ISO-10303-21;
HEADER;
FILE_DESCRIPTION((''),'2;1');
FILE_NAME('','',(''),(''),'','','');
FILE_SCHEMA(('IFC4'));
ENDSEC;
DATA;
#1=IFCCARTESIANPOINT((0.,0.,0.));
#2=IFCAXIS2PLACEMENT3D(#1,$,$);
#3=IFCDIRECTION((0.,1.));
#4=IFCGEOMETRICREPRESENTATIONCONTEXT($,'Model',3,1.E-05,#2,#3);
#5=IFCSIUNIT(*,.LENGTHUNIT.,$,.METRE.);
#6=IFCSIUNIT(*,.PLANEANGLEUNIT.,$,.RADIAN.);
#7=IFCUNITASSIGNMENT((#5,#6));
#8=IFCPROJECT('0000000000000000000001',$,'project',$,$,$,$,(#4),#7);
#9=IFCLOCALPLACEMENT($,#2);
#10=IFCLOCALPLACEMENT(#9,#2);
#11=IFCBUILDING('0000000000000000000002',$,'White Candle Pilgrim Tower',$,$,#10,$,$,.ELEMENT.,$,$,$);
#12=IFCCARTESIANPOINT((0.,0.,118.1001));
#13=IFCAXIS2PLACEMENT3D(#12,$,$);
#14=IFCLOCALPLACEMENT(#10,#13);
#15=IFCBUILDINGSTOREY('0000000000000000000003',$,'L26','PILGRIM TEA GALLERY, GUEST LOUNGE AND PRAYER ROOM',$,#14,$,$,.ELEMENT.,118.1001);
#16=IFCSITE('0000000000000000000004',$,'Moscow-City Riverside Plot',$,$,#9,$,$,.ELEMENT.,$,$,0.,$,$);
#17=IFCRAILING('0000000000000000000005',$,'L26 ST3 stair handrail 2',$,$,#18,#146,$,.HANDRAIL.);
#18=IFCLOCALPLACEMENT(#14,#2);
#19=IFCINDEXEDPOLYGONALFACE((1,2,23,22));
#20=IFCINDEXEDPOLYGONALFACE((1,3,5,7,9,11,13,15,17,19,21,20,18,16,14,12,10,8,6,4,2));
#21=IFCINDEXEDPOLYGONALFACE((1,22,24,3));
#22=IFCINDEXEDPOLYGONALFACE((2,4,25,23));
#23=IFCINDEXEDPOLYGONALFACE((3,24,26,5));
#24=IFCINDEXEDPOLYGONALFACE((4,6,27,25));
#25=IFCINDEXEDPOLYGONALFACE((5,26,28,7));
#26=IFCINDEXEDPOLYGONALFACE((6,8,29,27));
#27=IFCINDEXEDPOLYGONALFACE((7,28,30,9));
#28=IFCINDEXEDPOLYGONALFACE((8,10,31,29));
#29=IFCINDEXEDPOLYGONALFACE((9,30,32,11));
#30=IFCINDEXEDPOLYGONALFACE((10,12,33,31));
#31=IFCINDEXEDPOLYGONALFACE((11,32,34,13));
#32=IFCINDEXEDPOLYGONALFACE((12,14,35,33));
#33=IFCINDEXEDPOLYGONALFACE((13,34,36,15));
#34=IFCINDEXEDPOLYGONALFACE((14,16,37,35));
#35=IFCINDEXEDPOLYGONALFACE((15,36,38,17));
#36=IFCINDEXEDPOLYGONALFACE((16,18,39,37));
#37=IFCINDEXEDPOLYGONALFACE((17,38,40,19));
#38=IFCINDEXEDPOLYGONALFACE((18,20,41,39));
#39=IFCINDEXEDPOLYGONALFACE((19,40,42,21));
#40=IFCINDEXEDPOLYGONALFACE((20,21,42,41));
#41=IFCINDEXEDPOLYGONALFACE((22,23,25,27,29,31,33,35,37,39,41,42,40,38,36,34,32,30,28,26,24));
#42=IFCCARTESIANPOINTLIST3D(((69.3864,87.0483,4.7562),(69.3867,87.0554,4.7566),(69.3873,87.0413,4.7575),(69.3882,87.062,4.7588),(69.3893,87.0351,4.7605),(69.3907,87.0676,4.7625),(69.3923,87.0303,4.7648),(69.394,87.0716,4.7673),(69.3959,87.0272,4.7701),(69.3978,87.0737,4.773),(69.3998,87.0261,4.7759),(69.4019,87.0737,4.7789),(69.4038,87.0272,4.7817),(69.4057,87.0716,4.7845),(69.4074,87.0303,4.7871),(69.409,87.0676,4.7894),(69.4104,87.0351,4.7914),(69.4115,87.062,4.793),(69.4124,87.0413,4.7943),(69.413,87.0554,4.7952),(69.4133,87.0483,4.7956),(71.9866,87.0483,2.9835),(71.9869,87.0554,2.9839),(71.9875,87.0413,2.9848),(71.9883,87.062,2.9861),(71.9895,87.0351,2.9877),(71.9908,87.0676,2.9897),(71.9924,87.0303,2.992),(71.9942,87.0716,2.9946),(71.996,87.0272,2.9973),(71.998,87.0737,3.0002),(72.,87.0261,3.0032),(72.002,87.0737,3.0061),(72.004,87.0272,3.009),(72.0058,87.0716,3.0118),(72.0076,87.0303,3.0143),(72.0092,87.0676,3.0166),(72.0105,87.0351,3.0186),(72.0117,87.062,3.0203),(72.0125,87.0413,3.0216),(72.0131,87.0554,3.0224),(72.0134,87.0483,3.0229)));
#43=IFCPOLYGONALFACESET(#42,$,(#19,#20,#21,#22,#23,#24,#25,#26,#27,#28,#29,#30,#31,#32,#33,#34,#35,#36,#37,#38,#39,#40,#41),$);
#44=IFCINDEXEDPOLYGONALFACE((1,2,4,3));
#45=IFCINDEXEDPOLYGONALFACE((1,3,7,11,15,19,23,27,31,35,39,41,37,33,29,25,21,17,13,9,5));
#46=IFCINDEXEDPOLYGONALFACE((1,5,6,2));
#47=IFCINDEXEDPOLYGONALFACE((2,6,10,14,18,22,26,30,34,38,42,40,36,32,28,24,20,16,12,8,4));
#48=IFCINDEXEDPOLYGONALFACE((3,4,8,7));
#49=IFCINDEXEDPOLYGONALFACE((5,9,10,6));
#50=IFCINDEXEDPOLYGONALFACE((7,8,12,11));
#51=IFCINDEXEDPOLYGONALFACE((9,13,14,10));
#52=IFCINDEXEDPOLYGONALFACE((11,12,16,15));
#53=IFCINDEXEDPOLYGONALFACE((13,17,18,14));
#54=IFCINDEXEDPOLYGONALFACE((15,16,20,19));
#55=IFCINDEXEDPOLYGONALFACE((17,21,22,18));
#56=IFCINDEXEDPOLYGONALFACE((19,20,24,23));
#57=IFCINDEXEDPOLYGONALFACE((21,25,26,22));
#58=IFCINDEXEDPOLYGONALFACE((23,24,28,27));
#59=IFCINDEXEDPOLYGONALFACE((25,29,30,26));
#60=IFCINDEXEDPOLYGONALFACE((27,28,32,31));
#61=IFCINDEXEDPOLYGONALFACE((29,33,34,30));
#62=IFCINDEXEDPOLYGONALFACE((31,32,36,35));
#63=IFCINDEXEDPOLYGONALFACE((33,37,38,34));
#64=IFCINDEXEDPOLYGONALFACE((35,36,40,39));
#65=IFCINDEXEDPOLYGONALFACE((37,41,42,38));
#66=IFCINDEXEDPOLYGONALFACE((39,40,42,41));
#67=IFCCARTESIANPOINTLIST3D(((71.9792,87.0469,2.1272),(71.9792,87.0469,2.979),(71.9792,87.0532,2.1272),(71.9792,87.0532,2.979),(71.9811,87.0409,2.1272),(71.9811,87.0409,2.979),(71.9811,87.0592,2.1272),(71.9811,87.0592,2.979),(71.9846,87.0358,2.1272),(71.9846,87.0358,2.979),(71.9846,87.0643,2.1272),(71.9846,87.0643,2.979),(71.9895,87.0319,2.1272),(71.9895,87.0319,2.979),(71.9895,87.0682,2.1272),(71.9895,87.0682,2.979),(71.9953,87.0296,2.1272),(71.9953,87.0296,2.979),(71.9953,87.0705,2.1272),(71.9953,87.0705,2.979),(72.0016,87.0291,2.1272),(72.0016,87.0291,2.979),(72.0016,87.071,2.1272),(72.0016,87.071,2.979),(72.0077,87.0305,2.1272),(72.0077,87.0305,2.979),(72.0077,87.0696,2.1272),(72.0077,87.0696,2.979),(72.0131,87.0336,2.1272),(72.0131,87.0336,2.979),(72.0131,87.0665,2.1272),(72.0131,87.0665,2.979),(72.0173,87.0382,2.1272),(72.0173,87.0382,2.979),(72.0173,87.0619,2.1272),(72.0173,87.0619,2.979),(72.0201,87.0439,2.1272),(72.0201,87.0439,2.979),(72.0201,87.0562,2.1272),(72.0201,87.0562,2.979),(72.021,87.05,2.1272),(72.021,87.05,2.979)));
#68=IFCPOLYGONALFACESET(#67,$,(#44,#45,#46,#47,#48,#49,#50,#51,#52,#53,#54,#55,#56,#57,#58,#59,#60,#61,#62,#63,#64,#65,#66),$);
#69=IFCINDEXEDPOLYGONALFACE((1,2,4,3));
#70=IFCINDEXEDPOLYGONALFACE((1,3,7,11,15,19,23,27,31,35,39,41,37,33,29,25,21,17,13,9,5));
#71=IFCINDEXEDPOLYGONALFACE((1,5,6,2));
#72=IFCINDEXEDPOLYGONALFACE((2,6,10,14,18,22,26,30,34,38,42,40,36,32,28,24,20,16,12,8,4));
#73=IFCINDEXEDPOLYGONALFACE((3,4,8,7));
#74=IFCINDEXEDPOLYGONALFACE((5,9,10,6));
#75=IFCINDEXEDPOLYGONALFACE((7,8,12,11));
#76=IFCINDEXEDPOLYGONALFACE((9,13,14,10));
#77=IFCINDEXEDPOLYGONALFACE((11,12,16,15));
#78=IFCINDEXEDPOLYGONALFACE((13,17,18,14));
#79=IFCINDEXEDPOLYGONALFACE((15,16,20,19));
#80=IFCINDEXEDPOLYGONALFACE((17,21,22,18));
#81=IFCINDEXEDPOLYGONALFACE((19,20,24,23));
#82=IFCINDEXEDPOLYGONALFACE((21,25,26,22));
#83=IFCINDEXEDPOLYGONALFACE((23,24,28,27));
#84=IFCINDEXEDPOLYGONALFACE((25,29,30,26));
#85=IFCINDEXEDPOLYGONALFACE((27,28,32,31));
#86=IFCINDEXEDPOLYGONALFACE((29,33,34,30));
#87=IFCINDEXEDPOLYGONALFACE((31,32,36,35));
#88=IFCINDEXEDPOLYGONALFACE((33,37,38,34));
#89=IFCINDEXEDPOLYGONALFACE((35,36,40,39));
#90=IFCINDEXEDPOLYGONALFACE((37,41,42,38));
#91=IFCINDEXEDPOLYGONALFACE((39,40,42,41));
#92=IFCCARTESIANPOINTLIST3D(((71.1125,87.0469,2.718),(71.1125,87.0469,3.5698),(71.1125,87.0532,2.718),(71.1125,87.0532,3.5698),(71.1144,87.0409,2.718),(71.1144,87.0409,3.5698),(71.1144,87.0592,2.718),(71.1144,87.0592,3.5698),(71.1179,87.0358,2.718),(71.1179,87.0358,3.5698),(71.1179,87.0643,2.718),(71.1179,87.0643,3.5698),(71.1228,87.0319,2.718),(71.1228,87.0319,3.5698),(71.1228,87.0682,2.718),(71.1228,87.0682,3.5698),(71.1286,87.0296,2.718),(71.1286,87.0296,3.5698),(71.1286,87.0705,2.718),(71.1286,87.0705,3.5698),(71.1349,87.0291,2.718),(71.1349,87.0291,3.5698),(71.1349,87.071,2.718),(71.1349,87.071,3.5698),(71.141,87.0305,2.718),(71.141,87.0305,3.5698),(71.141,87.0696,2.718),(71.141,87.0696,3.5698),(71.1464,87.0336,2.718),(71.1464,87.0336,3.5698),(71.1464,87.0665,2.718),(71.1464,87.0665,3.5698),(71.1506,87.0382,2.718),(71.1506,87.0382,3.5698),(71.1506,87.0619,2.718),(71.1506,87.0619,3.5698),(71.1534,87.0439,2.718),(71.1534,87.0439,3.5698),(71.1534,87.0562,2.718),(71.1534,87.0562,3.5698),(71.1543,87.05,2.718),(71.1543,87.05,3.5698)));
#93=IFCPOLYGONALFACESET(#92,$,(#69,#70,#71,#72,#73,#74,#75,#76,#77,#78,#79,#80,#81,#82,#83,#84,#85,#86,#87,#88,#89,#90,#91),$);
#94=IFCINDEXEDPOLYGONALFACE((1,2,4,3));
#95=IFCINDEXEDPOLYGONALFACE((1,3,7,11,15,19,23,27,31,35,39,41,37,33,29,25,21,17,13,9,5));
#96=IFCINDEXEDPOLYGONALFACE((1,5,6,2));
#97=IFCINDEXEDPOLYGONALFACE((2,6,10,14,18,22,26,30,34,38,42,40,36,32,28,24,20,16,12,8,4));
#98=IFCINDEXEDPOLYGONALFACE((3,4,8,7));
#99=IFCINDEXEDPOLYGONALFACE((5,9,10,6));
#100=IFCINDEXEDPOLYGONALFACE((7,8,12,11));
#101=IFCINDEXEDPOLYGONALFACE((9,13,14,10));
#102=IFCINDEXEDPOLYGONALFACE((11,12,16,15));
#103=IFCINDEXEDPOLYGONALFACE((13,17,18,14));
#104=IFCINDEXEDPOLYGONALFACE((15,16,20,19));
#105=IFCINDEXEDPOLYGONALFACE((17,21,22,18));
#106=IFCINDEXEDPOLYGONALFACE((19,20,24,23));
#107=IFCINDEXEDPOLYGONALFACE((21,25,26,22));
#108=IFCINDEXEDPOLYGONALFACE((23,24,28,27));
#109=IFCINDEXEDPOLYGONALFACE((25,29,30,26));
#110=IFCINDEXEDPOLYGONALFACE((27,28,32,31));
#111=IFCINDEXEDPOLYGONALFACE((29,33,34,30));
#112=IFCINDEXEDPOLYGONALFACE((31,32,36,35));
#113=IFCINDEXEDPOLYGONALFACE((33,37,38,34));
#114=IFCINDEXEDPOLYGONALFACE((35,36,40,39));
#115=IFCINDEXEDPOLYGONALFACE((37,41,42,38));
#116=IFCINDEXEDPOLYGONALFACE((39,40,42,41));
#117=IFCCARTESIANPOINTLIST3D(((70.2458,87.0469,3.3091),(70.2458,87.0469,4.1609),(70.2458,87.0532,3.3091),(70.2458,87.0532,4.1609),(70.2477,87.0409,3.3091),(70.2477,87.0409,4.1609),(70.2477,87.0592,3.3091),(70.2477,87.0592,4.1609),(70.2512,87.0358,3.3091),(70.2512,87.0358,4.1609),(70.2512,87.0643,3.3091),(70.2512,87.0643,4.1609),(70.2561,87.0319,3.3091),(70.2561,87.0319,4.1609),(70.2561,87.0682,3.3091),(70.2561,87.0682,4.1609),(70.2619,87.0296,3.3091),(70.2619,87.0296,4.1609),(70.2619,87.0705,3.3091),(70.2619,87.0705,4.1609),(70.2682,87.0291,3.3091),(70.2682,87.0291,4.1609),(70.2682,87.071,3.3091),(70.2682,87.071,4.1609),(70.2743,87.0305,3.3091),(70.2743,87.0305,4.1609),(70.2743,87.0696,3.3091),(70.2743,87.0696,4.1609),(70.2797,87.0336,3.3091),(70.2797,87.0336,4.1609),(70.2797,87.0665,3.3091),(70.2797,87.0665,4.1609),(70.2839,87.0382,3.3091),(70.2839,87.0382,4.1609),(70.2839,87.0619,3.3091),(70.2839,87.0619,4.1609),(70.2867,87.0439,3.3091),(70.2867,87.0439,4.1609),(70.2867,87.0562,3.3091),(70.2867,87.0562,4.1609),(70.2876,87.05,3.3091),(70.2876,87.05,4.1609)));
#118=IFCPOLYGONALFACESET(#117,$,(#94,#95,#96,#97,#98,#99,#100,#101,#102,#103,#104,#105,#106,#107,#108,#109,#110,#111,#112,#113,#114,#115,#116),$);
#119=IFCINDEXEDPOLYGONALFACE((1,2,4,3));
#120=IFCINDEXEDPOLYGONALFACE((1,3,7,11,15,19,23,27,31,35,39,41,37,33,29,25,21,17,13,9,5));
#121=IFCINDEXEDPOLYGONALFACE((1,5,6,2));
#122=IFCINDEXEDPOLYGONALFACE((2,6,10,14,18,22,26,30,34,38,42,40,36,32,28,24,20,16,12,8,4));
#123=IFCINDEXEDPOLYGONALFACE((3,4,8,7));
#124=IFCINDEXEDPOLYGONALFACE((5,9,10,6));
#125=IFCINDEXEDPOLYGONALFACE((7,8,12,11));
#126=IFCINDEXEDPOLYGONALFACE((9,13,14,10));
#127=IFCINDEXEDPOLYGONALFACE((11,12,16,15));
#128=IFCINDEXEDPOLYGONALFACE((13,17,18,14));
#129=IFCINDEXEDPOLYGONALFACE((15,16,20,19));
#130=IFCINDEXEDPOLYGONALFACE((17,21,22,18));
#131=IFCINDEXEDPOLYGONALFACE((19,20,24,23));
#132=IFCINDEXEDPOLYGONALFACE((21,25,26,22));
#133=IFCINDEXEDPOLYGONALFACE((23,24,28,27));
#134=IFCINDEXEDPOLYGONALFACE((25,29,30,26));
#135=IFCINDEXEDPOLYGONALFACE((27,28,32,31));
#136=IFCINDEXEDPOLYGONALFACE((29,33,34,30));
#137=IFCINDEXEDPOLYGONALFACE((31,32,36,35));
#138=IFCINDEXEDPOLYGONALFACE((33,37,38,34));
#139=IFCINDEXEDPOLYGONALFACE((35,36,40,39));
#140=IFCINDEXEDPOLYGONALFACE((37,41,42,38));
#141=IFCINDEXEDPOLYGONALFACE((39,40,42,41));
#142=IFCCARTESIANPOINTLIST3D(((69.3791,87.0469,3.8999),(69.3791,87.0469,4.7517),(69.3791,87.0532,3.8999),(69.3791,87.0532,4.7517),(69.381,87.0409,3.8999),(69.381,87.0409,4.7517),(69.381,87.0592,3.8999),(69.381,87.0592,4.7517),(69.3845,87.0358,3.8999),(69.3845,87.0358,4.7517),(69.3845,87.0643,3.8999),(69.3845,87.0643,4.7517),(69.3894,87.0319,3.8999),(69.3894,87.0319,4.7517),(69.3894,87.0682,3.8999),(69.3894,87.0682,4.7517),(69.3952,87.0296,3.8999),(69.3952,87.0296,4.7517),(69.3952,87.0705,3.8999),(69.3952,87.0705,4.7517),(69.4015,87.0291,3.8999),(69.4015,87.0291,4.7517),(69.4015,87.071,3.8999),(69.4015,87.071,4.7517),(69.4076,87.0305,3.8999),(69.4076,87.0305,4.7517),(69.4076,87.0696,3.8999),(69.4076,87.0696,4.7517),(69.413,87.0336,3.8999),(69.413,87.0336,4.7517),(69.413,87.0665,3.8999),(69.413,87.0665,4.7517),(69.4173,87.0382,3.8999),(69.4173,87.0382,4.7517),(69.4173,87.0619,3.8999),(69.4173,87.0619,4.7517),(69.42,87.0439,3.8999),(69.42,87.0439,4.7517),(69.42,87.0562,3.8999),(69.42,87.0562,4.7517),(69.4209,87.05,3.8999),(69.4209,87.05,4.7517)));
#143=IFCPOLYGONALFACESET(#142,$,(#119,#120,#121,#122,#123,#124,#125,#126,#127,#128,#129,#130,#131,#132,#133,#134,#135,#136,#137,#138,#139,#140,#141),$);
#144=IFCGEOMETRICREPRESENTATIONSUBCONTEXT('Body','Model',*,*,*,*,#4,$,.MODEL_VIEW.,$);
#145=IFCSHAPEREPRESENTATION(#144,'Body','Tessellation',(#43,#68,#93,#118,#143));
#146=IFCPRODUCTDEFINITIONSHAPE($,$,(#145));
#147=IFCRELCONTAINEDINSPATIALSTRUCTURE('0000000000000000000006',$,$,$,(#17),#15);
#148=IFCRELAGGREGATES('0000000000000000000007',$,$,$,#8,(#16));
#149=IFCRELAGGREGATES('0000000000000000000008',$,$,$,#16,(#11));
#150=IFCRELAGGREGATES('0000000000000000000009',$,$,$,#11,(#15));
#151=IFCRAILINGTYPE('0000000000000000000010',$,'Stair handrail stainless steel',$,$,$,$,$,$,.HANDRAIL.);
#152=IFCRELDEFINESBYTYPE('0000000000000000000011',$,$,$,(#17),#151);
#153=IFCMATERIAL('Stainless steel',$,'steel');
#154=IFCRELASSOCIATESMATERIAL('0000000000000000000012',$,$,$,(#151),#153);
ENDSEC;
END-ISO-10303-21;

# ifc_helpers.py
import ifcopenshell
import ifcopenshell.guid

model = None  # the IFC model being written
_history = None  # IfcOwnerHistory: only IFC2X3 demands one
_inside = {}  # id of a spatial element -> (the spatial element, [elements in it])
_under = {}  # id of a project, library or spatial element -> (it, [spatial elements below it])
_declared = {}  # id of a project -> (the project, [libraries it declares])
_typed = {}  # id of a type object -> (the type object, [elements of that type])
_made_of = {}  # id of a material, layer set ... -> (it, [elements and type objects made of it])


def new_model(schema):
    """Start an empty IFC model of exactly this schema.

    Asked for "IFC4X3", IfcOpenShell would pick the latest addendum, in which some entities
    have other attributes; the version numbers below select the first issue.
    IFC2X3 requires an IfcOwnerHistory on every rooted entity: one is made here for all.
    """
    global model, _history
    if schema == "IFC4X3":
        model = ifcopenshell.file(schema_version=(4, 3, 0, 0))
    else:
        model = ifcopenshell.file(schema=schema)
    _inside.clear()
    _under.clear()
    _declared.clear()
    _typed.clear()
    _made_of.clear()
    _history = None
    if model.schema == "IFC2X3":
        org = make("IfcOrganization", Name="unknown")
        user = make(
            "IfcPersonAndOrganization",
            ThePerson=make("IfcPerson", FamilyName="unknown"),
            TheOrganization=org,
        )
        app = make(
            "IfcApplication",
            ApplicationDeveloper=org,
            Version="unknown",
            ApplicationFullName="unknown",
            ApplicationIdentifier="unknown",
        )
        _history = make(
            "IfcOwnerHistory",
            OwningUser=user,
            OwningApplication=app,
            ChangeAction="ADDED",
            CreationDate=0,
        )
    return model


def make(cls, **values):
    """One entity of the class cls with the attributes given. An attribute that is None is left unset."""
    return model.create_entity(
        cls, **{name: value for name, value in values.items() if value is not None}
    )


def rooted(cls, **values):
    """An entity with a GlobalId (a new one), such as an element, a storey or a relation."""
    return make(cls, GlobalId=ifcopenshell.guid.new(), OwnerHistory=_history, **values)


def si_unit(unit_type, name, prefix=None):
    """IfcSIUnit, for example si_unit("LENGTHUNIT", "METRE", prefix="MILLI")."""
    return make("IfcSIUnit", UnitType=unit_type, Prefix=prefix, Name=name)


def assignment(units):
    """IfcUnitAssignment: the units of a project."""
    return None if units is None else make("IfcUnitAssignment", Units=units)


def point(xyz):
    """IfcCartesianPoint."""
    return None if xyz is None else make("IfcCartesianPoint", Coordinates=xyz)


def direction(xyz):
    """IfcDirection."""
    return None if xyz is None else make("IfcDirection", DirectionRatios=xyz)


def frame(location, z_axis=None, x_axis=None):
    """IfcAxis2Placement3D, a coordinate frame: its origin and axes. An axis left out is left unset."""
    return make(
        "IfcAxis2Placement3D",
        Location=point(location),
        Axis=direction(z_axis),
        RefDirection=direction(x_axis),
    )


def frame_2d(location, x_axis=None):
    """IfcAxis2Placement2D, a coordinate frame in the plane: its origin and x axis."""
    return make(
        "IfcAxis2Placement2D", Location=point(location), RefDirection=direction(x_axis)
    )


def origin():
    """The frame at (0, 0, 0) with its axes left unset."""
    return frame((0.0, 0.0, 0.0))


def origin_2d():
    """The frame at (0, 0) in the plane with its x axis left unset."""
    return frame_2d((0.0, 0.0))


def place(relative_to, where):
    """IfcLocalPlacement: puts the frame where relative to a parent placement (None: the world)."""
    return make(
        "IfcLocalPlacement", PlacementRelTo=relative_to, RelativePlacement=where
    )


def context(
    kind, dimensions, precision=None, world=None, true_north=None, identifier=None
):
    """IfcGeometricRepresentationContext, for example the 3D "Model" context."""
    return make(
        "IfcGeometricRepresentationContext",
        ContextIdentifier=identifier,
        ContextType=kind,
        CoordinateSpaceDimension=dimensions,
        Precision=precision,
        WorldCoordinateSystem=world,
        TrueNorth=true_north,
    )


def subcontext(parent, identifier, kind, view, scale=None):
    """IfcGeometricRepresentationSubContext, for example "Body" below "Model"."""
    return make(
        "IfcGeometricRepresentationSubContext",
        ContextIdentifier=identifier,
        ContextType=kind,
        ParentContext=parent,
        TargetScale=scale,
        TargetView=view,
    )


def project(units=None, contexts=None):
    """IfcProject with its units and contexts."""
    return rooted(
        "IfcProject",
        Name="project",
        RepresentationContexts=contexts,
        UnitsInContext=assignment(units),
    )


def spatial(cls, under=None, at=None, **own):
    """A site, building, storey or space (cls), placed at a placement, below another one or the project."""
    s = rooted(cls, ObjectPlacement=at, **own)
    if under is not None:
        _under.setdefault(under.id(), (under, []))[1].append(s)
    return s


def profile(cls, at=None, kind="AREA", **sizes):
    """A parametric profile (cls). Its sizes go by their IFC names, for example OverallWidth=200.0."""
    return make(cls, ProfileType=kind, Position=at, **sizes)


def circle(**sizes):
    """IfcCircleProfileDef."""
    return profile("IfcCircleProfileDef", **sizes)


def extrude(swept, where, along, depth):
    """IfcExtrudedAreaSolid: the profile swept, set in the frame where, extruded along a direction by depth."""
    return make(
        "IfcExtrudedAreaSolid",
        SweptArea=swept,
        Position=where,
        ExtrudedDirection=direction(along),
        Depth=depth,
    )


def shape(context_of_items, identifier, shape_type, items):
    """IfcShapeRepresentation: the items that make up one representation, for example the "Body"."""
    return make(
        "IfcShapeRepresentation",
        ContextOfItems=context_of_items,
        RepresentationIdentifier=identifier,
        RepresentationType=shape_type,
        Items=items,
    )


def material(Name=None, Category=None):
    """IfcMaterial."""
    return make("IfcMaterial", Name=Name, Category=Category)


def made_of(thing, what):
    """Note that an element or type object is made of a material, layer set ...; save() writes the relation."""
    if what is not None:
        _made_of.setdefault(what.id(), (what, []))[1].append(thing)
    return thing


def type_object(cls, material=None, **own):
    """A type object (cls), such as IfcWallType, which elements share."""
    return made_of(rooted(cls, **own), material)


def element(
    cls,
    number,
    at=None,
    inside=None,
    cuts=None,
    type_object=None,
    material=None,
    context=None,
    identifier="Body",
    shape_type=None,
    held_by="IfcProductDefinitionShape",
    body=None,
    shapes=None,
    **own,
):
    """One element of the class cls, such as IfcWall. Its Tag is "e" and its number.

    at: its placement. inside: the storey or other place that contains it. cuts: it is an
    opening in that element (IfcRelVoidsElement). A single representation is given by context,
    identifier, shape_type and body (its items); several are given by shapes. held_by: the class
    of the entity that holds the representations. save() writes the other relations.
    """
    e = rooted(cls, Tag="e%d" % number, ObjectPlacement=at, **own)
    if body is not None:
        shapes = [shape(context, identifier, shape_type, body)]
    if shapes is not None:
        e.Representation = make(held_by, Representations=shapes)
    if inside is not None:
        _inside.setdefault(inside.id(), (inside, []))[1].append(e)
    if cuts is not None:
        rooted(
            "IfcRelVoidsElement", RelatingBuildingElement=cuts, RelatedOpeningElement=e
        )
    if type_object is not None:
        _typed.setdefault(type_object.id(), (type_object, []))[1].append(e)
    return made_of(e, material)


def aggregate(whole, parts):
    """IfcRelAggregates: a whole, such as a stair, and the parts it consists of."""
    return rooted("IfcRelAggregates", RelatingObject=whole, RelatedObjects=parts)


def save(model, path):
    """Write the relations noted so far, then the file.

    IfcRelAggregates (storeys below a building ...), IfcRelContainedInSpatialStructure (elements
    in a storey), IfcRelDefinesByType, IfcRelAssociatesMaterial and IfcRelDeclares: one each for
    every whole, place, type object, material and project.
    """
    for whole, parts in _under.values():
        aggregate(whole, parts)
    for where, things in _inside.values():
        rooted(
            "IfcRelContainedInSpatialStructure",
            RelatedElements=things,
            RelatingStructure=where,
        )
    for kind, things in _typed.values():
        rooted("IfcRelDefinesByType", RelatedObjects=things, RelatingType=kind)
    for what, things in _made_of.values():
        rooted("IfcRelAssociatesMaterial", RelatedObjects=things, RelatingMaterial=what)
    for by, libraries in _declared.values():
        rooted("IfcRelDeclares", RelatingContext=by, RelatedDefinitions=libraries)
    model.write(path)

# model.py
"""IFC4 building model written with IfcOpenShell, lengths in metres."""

from ifc_helpers import new_model, si_unit, direction, frame, origin, origin_2d, place, context, subcontext, project, spatial, circle, extrude, material, type_object, element, save


model = new_model("IFC4")

# Units and contexts
model_context = context("Model", 3, precision=1e-05, world=origin(), true_north=direction((0.0, 1.0)))
body_context = subcontext(model_context, "Body", "Model", "MODEL_VIEW")
ifc_project = project(units=[si_unit("LENGTHUNIT", "METRE"), si_unit("PLANEANGLEUNIT", "RADIAN")], contexts=[model_context])

# Site, building, storey
site_placement = place(None, origin())
site = spatial("IfcSite", under=ifc_project, at=site_placement, Name="Moscow-City Riverside Plot", CompositionType="ELEMENT", RefElevation=0.0)
building_placement = place(site_placement, origin())
building = spatial("IfcBuilding", under=site, at=building_placement, Name="White Candle Pilgrim Tower", CompositionType="ELEMENT")
storey_placement = place(building_placement, frame((0.0, 0.0, 118.1001)))
storey = spatial("IfcBuildingStorey", under=building, at=storey_placement, Name="L26", Description="PILGRIM TEA GALLERY, GUEST LOUNGE AND PRAYER ROOM", CompositionType="ELEMENT", Elevation=118.1001)

# Railing
ifc_material_1 = material(Name="Stainless steel", Category="steel")
railing_type_1 = type_object("IfcRailingType", Name="Stair handrail stainless steel", PredefinedType="HANDRAIL", material=ifc_material_1)
railing_1_placement = place(storey_placement, frame((72.0, 87.05, 2.1272)))
element("IfcRailing", 1, at=railing_1_placement, inside=storey, type_object=railing_type_1, Name="L26 ST3 stair handrail 2", PredefinedType="HANDRAIL", context=body_context, shape_type="SweptSolid", body=[
    extrude(circle(Radius=0.0239, at=origin_2d()), frame((0.0, 0.0, 0.876), z_axis=(-0.82624, 0.0, 0.563318), x_axis=(0.0, -1.0, 0.0)), (0.0, 0.0, 1.0), 3.147),
    extrude(circle(Radius=0.021, at=origin_2d()), origin(), (0.0, 0.0, 1.0), 0.8518),
    extrude(circle(Radius=0.021, at=origin_2d()), frame((-0.8667, 0.0, 0.5908)), (0.0, 0.0, 1.0), 0.8518),
    extrude(circle(Radius=0.021, at=origin_2d()), frame((-1.7334, 0.0, 1.1819)), (0.0, 0.0, 1.0), 0.8518),
    extrude(circle(Radius=0.021, at=origin_2d()), frame((-2.6001, 0.0, 1.7727)), (0.0, 0.0, 1.0), 0.8518),
])

save(model, "model.ifc")
